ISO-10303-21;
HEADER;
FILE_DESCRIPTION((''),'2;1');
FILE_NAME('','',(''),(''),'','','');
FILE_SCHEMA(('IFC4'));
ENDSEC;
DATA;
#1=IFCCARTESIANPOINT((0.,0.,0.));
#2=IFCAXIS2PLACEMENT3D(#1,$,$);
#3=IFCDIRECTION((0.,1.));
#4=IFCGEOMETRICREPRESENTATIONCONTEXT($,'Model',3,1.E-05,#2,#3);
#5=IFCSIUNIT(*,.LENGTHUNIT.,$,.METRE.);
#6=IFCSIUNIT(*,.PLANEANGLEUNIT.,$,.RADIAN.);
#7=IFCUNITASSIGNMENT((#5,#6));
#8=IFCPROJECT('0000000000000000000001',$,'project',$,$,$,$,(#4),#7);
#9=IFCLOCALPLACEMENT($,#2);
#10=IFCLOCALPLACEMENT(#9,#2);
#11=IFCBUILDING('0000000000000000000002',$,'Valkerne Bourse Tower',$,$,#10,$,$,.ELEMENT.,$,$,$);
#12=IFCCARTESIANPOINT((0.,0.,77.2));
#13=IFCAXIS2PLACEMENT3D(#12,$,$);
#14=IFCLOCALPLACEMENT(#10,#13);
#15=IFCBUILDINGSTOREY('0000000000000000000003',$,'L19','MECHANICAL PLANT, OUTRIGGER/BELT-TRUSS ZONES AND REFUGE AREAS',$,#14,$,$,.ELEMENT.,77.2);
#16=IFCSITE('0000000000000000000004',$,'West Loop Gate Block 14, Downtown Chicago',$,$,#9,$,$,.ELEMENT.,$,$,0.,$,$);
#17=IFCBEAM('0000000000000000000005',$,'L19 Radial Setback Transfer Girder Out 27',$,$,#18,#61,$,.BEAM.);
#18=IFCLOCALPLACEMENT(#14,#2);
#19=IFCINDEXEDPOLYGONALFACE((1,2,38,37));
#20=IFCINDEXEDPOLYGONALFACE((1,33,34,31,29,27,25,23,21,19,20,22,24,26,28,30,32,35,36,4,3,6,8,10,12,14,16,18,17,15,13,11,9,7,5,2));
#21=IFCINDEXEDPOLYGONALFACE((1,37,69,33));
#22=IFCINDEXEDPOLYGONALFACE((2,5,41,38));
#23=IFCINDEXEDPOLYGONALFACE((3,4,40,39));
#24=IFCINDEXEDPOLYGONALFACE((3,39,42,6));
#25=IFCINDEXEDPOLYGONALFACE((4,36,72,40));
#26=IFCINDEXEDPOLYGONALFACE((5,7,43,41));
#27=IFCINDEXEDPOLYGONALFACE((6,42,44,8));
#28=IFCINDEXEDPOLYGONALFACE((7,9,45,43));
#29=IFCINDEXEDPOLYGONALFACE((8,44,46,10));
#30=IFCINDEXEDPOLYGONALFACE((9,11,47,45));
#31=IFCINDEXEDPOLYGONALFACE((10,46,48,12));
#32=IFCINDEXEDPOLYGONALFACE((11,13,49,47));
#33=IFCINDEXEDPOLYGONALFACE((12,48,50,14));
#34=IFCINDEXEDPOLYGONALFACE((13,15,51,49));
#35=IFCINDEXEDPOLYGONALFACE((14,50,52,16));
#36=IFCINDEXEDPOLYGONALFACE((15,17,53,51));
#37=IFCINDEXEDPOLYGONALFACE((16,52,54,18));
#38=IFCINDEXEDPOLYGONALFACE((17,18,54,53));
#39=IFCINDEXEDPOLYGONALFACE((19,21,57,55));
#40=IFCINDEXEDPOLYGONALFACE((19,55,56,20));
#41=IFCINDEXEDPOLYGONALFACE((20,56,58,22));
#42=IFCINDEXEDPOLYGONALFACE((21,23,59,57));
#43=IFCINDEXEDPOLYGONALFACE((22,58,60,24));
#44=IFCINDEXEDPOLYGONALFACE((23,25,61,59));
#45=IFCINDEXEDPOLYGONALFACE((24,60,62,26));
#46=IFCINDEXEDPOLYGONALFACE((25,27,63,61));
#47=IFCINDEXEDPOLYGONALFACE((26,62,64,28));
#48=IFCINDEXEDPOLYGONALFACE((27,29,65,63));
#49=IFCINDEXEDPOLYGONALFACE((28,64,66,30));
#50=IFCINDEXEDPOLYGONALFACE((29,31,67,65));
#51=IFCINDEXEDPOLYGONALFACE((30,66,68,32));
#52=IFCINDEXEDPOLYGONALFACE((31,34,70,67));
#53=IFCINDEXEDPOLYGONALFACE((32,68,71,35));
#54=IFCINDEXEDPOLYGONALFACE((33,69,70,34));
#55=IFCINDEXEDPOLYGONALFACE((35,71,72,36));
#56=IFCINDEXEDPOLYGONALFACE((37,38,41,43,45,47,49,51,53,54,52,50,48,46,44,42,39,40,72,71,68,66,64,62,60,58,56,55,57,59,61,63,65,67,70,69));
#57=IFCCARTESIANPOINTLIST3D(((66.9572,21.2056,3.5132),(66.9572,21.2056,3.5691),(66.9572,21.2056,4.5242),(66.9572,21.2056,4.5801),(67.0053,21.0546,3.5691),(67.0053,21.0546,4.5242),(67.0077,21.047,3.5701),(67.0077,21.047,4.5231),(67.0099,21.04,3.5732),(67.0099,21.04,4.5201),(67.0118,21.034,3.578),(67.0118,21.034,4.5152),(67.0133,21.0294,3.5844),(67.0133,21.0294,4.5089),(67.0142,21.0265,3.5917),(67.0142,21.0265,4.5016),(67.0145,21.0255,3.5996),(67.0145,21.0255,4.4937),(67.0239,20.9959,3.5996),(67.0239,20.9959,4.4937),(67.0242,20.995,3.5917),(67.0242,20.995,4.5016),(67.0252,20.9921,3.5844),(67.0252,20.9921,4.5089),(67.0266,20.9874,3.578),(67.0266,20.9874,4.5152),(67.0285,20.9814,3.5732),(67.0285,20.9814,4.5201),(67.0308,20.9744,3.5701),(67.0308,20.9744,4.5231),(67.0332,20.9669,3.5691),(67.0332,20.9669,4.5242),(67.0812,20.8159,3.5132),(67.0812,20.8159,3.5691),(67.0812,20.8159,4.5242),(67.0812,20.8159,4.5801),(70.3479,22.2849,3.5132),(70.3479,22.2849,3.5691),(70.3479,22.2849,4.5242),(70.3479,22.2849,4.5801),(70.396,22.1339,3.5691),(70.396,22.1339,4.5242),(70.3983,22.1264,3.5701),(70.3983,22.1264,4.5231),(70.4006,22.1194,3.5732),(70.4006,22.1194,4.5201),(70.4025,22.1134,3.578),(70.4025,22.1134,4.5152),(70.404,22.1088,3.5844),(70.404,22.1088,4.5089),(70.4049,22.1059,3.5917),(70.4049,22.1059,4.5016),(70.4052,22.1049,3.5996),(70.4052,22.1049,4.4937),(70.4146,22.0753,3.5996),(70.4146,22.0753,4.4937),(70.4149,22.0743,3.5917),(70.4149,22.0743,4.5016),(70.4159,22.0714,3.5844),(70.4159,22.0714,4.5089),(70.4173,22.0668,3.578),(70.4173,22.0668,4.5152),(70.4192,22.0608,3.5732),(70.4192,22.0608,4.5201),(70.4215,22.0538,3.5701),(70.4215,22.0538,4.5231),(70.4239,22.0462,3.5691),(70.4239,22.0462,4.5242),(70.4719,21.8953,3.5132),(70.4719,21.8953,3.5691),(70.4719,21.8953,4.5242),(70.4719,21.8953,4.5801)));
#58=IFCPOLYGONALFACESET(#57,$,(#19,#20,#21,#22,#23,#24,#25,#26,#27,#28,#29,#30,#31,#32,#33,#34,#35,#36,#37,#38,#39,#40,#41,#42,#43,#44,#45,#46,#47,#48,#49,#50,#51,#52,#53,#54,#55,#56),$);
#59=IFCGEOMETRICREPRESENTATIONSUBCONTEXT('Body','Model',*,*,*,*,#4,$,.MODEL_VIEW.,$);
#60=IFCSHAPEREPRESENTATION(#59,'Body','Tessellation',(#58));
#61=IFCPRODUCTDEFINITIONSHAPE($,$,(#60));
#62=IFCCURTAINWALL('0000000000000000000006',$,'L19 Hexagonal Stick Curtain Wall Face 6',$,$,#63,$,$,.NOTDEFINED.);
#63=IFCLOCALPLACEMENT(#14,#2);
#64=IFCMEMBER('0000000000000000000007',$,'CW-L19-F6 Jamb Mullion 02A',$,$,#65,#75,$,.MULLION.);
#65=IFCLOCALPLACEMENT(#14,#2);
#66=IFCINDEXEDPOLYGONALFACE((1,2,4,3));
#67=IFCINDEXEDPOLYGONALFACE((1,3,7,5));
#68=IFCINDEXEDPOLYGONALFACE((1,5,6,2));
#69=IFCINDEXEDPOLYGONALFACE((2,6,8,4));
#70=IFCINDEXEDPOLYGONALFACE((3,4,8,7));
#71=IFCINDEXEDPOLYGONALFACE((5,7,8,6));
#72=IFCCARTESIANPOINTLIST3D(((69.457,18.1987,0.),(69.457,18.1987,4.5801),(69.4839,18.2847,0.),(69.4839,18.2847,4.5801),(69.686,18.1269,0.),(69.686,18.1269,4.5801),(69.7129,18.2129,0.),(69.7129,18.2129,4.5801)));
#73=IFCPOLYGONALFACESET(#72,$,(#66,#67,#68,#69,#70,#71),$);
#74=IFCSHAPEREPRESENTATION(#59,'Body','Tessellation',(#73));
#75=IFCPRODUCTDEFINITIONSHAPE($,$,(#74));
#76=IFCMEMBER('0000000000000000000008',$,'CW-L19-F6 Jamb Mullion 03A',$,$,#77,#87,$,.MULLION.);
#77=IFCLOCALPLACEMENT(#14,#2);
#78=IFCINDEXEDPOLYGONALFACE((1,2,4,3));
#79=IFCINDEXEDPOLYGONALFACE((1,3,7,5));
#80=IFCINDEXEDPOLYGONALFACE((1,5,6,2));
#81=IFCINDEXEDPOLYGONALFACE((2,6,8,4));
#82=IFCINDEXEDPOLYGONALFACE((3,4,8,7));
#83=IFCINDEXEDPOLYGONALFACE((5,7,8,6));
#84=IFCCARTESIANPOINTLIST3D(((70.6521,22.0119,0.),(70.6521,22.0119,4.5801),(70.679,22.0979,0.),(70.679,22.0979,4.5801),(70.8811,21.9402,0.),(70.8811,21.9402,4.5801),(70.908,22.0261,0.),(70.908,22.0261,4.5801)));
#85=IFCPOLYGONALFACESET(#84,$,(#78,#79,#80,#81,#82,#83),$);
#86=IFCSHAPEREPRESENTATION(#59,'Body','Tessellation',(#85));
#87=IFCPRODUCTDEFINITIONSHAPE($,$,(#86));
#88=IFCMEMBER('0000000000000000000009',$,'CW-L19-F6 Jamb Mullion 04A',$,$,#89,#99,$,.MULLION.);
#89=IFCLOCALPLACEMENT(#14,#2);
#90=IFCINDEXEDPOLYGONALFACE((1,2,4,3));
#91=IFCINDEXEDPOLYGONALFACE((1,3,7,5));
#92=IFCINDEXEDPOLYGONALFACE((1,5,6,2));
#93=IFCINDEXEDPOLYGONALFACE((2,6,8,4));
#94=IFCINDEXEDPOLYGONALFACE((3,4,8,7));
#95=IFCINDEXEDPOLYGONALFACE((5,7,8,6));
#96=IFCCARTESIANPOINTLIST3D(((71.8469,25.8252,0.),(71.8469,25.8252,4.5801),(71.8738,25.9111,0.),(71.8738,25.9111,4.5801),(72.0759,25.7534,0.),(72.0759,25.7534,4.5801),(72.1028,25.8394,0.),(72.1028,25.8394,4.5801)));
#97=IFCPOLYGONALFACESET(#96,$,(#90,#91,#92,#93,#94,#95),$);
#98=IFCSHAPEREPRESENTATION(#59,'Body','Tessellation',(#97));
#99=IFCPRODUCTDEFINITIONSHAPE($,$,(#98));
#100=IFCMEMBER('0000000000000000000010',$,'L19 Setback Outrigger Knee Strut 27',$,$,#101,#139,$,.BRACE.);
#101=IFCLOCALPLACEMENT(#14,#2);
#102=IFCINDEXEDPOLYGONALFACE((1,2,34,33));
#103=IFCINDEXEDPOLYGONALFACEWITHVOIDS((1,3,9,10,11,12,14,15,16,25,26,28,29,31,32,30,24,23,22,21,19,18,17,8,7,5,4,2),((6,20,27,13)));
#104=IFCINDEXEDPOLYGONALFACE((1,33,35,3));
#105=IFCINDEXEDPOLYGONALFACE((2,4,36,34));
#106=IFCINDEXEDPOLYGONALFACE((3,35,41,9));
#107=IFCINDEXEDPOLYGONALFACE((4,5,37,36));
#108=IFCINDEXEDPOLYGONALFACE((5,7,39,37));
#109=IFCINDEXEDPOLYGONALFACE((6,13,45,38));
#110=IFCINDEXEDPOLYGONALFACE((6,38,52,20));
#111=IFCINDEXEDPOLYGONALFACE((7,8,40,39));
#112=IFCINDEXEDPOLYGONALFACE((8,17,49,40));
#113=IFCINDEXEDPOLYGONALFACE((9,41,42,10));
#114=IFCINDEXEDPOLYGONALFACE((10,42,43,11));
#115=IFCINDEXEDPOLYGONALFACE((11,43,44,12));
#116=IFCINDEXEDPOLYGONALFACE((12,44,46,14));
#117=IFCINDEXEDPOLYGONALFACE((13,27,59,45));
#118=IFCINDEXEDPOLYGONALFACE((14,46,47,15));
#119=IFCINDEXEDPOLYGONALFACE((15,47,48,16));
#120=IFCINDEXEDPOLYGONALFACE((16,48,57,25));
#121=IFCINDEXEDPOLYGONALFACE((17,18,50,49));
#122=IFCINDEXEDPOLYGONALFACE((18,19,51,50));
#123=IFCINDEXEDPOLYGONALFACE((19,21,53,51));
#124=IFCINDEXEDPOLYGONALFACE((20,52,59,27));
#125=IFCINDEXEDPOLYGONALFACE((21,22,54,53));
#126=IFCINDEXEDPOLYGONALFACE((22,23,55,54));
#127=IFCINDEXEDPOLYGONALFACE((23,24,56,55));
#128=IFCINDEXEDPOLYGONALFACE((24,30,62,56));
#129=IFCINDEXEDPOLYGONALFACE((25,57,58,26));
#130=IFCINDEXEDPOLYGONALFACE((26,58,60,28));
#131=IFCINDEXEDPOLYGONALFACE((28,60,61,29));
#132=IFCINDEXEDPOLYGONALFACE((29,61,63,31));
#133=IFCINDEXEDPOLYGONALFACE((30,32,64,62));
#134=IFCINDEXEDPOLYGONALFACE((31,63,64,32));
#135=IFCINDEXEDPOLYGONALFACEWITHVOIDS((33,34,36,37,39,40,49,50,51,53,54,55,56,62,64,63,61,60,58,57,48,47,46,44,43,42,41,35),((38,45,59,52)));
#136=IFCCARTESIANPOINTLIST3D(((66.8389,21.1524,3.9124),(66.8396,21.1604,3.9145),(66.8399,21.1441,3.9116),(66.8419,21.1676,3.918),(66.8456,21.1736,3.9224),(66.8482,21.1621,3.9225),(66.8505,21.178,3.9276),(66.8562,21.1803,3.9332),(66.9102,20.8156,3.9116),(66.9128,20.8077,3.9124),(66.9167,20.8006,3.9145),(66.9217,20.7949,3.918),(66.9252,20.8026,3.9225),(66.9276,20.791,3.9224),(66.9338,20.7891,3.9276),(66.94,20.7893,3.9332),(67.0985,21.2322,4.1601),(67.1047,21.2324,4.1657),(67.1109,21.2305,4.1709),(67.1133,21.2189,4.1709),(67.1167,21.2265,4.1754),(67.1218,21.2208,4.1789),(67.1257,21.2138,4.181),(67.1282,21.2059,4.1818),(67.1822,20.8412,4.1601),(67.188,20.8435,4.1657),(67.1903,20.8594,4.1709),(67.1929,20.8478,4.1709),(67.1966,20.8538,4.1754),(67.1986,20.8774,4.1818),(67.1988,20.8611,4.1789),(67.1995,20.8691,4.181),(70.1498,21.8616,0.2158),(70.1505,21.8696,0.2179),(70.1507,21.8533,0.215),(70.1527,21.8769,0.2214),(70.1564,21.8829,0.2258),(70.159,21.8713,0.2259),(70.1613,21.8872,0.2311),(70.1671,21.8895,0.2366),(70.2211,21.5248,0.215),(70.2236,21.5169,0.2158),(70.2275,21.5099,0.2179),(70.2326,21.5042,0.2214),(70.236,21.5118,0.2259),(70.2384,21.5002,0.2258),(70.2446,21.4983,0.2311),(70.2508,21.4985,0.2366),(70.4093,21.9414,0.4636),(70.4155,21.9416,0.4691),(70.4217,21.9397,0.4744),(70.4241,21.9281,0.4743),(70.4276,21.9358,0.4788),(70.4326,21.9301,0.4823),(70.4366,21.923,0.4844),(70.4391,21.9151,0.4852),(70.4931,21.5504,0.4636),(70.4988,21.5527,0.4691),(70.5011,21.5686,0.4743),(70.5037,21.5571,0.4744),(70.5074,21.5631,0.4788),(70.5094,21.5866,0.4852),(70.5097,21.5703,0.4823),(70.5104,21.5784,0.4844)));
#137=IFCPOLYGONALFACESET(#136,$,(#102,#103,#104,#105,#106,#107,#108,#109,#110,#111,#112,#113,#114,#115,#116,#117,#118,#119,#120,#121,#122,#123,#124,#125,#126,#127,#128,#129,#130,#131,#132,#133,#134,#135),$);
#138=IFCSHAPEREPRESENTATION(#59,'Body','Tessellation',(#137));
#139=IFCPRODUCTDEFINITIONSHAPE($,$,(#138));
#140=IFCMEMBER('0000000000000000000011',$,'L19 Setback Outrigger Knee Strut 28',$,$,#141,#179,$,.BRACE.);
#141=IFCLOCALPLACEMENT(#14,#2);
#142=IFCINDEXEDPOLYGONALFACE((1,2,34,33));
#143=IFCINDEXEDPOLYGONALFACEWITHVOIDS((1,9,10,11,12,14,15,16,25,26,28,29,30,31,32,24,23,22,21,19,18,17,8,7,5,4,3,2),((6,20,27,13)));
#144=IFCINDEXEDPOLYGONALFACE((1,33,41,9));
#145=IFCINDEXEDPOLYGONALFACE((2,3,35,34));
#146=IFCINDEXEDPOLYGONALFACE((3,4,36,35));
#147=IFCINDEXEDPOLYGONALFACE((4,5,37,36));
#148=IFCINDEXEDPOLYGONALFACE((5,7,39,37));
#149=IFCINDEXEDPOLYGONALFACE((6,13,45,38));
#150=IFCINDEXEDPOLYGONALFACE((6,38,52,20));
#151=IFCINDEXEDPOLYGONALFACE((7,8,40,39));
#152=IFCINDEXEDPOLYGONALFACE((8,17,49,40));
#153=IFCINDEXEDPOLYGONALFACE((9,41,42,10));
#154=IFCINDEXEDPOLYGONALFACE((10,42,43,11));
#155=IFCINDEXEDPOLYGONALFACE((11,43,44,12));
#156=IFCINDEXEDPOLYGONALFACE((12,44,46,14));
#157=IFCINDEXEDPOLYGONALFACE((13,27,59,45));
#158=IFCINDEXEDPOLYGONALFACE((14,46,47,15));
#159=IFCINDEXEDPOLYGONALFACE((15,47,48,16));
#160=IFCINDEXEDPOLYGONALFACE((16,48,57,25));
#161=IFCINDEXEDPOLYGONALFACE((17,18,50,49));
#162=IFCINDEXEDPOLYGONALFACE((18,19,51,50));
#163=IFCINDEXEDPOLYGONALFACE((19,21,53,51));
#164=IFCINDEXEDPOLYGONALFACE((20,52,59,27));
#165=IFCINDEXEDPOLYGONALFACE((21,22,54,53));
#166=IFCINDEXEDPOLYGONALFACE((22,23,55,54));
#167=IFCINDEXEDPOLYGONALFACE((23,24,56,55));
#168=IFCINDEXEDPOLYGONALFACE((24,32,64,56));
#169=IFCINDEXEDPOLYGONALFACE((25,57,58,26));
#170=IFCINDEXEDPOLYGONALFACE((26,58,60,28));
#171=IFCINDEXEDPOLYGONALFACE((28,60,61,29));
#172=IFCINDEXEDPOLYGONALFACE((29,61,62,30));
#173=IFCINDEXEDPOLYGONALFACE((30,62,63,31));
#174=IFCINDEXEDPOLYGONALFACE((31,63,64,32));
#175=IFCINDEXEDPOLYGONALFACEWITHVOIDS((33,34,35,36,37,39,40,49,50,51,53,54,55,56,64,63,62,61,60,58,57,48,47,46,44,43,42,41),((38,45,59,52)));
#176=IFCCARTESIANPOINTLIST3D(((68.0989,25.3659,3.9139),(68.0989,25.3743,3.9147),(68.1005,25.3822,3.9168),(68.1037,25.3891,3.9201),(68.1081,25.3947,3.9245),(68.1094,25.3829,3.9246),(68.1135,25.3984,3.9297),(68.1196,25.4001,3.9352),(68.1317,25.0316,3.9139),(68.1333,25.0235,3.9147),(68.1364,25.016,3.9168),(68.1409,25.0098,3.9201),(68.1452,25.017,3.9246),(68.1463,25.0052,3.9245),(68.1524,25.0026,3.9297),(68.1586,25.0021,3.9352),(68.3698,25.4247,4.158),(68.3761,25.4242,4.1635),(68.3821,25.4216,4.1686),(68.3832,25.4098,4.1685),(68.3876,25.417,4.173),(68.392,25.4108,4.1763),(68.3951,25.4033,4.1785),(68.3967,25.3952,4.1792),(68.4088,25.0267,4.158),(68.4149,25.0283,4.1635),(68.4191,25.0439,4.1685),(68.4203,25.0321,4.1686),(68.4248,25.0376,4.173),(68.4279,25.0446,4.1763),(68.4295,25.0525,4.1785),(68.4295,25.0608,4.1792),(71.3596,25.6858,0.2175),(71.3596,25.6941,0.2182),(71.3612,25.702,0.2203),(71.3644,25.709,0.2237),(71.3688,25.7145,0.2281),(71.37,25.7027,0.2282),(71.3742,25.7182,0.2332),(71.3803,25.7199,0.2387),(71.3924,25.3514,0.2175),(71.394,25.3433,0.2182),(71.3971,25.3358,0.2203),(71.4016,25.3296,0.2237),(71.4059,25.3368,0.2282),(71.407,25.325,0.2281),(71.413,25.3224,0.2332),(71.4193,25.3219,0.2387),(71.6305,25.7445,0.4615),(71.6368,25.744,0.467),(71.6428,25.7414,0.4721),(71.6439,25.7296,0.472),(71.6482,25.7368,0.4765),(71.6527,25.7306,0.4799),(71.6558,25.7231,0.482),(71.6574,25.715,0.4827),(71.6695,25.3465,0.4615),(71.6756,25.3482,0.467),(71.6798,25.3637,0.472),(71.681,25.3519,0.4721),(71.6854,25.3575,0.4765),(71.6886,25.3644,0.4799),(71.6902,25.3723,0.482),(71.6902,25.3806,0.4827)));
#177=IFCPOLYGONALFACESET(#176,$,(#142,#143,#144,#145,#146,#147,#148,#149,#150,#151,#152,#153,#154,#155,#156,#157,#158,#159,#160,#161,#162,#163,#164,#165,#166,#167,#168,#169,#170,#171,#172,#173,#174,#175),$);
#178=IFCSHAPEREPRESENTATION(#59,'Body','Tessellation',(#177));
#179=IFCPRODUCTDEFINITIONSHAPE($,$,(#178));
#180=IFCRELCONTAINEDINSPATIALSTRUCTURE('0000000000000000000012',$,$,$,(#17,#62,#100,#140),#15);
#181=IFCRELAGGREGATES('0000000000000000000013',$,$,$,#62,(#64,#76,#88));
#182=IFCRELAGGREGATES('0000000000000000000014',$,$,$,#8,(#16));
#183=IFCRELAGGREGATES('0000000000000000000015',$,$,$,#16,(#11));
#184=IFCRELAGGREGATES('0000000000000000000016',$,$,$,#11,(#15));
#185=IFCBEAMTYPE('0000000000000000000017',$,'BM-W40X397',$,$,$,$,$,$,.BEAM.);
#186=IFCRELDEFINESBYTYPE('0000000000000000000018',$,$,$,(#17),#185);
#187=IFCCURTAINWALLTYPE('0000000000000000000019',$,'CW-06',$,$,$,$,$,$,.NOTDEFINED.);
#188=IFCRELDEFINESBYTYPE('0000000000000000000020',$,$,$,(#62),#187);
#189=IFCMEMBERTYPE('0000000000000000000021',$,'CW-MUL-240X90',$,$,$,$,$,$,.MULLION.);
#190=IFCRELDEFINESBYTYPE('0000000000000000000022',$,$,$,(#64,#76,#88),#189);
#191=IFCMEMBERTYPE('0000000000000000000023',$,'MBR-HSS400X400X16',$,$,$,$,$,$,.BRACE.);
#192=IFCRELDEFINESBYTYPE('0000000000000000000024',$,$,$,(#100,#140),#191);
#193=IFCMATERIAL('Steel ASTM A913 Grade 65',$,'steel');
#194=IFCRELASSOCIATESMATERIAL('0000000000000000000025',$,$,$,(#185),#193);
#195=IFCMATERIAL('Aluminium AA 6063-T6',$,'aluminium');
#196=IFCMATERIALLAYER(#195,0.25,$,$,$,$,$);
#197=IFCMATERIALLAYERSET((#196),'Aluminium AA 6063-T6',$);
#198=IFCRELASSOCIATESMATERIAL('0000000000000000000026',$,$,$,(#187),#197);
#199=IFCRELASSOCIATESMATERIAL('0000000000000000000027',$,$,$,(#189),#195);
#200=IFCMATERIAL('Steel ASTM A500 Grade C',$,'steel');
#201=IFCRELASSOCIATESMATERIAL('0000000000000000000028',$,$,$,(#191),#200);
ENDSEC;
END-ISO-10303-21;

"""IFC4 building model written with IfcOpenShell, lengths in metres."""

from ifc_helpers import new_model, si_unit, direction, frame, origin, origin_2d, place, context, subcontext, project, spatial, rectangle, hollow_rectangle, i_section, extrude, material, layer, layer_set, material_profile, profile_set, type_object, element, aggregate, save


model = new_model("IFC4")

# Units and contexts
model_context = context("Model", 3, precision=1e-05, world=origin(), true_north=direction((0.0, 1.0)))
body_context = subcontext(model_context, "Body", "Model", "MODEL_VIEW")
ifc_project = project(units=[si_unit("LENGTHUNIT", "METRE"), si_unit("PLANEANGLEUNIT", "RADIAN")], contexts=[model_context])

# Site, building, storey
site_placement = place(None, origin())
site = spatial("IfcSite", under=ifc_project, at=site_placement, Name="West Loop Gate Block 14, Downtown Chicago", CompositionType="ELEMENT", RefElevation=0.0)
building_placement = place(site_placement, origin())
building = spatial("IfcBuilding", under=site, at=building_placement, Name="Valkerne Bourse Tower", CompositionType="ELEMENT")
storey_placement = place(building_placement, frame((0.0, 0.0, 77.2)))
storey = spatial("IfcBuildingStorey", under=building, at=storey_placement, Name="L19", Description="MECHANICAL PLANT, OUTRIGGER/BELT-TRUSS ZONES AND REFUGE AREAS", CompositionType="ELEMENT", Elevation=77.2)

# Shared definitions
ifc_material_1 = material(Name="Steel ASTM A913 Grade 65", Category="steel")

# Beam
ifc_material_profile_1 = material_profile(ifc_material_1, i_section(OverallWidth=0.4089, OverallDepth=1.0669, WebThickness=0.031, FlangeThickness=0.0559, FilletRadius=0.0305, at=origin_2d()), Name="W40X397")
ifc_profile_set_1 = profile_set([ifc_material_profile_1], Name="Steel ASTM A913 Grade 65")
beam_type_1 = type_object("IfcBeamType", Name="BM-W40X397", PredefinedType="BEAM", material=ifc_profile_set_1)
beam_1_placement = place(storey_placement, frame((70.4099, 22.0901, 4.0466), z_axis=(-0.952884, -0.303334, 0.0), x_axis=(0.303334, -0.952884, 0.0)))
element("IfcBeam", 1, at=beam_1_placement, inside=storey, type_object=beam_type_1, Name="L19 Radial Setback Transfer Girder Out 27", PredefinedType="BEAM", context=body_context, shape_type="SweptSolid", body=[
    extrude(i_section(OverallWidth=0.4089, OverallDepth=1.0669, WebThickness=0.031, FlangeThickness=0.0559, FilletRadius=0.0305, at=origin_2d()), origin(), (0.0, 0.0, 1.0), 3.5583),
])

# Curtain wall, members
ifc_material_2 = material(Name="Aluminium AA 6063-T6", Category="aluminium")
ifc_layer_1 = layer(ifc_material_2, 0.25)
ifc_layer_set_1 = layer_set([ifc_layer_1], Name="Aluminium AA 6063-T6")
curtain_wall_type = type_object("IfcCurtainWallType", Name="CW-06", PredefinedType="NOTDEFINED", material=ifc_layer_set_1)
curtain_wall_placement = place(storey_placement, origin())
curtain_wall = element("IfcCurtainWall", 2, at=curtain_wall_placement, inside=storey, type_object=curtain_wall_type, Name="L19 Hexagonal Stick Curtain Wall Face 6", PredefinedType="NOTDEFINED")
ifc_material_profile_2 = material_profile(ifc_material_2, rectangle(XDim=0.0901, YDim=0.24, at=origin_2d()), Name="CWM-90X240")
ifc_profile_set_2 = profile_set([ifc_material_profile_2], Name="Aluminium AA 6063-T6")
member_type_1 = type_object("IfcMemberType", Name="CW-MUL-240X90", PredefinedType="MULLION", material=ifc_profile_set_2)
member_1_placement = place(storey_placement, frame((69.585, 18.2058, 0.0), z_axis=(0.0, 0.0, 1.0), x_axis=(0.299044, 0.954239, 0.0)))
member_1 = element("IfcMember", 3, at=member_1_placement, type_object=member_type_1, Name="CW-L19-F6 Jamb Mullion 02A", PredefinedType="MULLION", context=body_context, shape_type="SweptSolid", body=[
    extrude(rectangle(XDim=0.0901, YDim=0.24, at=origin_2d()), origin(), (0.0, 0.0, 1.0), 4.5801),
])
member_2_placement = place(storey_placement, frame((70.78, 22.019, 0.0), z_axis=(0.0, 0.0, 1.0), x_axis=(0.299029, 0.954244, 0.0)))
member_2 = element("IfcMember", 4, at=member_2_placement, type_object=member_type_1, Name="CW-L19-F6 Jamb Mullion 03A", PredefinedType="MULLION", context=body_context, shape_type="SweptSolid", body=[
    extrude(rectangle(XDim=0.0901, YDim=0.24, at=origin_2d()), origin(), (0.0, 0.0, 1.0), 4.5801),
])
member_3_placement = place(storey_placement, frame((71.9749, 25.8323, 0.0), z_axis=(0.0, 0.0, 1.0), x_axis=(0.299044, 0.954239, 0.0)))
member_3 = element("IfcMember", 5, at=member_3_placement, type_object=member_type_1, Name="CW-L19-F6 Jamb Mullion 04A", PredefinedType="MULLION", context=body_context, shape_type="SweptSolid", body=[
    extrude(rectangle(XDim=0.0901, YDim=0.24, at=origin_2d()), origin(), (0.0, 0.0, 1.0), 4.5801),
])

# Members
ifc_material_3 = material(Name="Steel ASTM A500 Grade C", Category="steel")
ifc_material_profile_3 = material_profile(ifc_material_3, hollow_rectangle(XDim=0.3999, YDim=0.3999, WallThickness=0.0161, OuterFilletRadius=0.032, at=origin_2d()), Name="HSS400X400X16")
ifc_profile_set_3 = profile_set([ifc_material_profile_3], Name="Steel ASTM A500 Grade C")
member_type_2 = type_object("IfcMemberType", Name="MBR-HSS400X400X16", PredefinedType="BRACE", material=ifc_profile_set_3)
member_4_placement = place(storey_placement, frame((70.3301, 21.72, 0.3501), z_axis=(-0.66046, -0.141482, 0.737411), x_axis=(0.209465, -0.977816, 0.0)))
element("IfcMember", 6, at=member_4_placement, inside=storey, type_object=member_type_2, Name="L19 Setback Outrigger Knee Strut 27", PredefinedType="BRACE", context=body_context, shape_type="SweptSolid", body=[
    extrude(hollow_rectangle(XDim=0.3999, YDim=0.3999, WallThickness=0.0161, OuterFilletRadius=0.032, at=origin_2d()), origin(), (0.0, 0.0, 1.0), 5.0129),
])
member_5_placement = place(storey_placement, frame((71.5249, 25.5332, 0.3501), z_axis=(-0.66013, -0.064748, 0.748355), x_axis=(0.097615, -0.995224, 0.0)))
element("IfcMember", 7, at=member_5_placement, inside=storey, type_object=member_type_2, Name="L19 Setback Outrigger Knee Strut 28", PredefinedType="BRACE", context=body_context, shape_type="SweptSolid", body=[
    extrude(hollow_rectangle(XDim=0.3999, YDim=0.3999, WallThickness=0.0161, OuterFilletRadius=0.032, at=origin_2d()), origin(), (0.0, 0.0, 1.0), 4.9395),
])

aggregate(curtain_wall, [member_1, member_2, member_3])

save(model, "model.ifc")
